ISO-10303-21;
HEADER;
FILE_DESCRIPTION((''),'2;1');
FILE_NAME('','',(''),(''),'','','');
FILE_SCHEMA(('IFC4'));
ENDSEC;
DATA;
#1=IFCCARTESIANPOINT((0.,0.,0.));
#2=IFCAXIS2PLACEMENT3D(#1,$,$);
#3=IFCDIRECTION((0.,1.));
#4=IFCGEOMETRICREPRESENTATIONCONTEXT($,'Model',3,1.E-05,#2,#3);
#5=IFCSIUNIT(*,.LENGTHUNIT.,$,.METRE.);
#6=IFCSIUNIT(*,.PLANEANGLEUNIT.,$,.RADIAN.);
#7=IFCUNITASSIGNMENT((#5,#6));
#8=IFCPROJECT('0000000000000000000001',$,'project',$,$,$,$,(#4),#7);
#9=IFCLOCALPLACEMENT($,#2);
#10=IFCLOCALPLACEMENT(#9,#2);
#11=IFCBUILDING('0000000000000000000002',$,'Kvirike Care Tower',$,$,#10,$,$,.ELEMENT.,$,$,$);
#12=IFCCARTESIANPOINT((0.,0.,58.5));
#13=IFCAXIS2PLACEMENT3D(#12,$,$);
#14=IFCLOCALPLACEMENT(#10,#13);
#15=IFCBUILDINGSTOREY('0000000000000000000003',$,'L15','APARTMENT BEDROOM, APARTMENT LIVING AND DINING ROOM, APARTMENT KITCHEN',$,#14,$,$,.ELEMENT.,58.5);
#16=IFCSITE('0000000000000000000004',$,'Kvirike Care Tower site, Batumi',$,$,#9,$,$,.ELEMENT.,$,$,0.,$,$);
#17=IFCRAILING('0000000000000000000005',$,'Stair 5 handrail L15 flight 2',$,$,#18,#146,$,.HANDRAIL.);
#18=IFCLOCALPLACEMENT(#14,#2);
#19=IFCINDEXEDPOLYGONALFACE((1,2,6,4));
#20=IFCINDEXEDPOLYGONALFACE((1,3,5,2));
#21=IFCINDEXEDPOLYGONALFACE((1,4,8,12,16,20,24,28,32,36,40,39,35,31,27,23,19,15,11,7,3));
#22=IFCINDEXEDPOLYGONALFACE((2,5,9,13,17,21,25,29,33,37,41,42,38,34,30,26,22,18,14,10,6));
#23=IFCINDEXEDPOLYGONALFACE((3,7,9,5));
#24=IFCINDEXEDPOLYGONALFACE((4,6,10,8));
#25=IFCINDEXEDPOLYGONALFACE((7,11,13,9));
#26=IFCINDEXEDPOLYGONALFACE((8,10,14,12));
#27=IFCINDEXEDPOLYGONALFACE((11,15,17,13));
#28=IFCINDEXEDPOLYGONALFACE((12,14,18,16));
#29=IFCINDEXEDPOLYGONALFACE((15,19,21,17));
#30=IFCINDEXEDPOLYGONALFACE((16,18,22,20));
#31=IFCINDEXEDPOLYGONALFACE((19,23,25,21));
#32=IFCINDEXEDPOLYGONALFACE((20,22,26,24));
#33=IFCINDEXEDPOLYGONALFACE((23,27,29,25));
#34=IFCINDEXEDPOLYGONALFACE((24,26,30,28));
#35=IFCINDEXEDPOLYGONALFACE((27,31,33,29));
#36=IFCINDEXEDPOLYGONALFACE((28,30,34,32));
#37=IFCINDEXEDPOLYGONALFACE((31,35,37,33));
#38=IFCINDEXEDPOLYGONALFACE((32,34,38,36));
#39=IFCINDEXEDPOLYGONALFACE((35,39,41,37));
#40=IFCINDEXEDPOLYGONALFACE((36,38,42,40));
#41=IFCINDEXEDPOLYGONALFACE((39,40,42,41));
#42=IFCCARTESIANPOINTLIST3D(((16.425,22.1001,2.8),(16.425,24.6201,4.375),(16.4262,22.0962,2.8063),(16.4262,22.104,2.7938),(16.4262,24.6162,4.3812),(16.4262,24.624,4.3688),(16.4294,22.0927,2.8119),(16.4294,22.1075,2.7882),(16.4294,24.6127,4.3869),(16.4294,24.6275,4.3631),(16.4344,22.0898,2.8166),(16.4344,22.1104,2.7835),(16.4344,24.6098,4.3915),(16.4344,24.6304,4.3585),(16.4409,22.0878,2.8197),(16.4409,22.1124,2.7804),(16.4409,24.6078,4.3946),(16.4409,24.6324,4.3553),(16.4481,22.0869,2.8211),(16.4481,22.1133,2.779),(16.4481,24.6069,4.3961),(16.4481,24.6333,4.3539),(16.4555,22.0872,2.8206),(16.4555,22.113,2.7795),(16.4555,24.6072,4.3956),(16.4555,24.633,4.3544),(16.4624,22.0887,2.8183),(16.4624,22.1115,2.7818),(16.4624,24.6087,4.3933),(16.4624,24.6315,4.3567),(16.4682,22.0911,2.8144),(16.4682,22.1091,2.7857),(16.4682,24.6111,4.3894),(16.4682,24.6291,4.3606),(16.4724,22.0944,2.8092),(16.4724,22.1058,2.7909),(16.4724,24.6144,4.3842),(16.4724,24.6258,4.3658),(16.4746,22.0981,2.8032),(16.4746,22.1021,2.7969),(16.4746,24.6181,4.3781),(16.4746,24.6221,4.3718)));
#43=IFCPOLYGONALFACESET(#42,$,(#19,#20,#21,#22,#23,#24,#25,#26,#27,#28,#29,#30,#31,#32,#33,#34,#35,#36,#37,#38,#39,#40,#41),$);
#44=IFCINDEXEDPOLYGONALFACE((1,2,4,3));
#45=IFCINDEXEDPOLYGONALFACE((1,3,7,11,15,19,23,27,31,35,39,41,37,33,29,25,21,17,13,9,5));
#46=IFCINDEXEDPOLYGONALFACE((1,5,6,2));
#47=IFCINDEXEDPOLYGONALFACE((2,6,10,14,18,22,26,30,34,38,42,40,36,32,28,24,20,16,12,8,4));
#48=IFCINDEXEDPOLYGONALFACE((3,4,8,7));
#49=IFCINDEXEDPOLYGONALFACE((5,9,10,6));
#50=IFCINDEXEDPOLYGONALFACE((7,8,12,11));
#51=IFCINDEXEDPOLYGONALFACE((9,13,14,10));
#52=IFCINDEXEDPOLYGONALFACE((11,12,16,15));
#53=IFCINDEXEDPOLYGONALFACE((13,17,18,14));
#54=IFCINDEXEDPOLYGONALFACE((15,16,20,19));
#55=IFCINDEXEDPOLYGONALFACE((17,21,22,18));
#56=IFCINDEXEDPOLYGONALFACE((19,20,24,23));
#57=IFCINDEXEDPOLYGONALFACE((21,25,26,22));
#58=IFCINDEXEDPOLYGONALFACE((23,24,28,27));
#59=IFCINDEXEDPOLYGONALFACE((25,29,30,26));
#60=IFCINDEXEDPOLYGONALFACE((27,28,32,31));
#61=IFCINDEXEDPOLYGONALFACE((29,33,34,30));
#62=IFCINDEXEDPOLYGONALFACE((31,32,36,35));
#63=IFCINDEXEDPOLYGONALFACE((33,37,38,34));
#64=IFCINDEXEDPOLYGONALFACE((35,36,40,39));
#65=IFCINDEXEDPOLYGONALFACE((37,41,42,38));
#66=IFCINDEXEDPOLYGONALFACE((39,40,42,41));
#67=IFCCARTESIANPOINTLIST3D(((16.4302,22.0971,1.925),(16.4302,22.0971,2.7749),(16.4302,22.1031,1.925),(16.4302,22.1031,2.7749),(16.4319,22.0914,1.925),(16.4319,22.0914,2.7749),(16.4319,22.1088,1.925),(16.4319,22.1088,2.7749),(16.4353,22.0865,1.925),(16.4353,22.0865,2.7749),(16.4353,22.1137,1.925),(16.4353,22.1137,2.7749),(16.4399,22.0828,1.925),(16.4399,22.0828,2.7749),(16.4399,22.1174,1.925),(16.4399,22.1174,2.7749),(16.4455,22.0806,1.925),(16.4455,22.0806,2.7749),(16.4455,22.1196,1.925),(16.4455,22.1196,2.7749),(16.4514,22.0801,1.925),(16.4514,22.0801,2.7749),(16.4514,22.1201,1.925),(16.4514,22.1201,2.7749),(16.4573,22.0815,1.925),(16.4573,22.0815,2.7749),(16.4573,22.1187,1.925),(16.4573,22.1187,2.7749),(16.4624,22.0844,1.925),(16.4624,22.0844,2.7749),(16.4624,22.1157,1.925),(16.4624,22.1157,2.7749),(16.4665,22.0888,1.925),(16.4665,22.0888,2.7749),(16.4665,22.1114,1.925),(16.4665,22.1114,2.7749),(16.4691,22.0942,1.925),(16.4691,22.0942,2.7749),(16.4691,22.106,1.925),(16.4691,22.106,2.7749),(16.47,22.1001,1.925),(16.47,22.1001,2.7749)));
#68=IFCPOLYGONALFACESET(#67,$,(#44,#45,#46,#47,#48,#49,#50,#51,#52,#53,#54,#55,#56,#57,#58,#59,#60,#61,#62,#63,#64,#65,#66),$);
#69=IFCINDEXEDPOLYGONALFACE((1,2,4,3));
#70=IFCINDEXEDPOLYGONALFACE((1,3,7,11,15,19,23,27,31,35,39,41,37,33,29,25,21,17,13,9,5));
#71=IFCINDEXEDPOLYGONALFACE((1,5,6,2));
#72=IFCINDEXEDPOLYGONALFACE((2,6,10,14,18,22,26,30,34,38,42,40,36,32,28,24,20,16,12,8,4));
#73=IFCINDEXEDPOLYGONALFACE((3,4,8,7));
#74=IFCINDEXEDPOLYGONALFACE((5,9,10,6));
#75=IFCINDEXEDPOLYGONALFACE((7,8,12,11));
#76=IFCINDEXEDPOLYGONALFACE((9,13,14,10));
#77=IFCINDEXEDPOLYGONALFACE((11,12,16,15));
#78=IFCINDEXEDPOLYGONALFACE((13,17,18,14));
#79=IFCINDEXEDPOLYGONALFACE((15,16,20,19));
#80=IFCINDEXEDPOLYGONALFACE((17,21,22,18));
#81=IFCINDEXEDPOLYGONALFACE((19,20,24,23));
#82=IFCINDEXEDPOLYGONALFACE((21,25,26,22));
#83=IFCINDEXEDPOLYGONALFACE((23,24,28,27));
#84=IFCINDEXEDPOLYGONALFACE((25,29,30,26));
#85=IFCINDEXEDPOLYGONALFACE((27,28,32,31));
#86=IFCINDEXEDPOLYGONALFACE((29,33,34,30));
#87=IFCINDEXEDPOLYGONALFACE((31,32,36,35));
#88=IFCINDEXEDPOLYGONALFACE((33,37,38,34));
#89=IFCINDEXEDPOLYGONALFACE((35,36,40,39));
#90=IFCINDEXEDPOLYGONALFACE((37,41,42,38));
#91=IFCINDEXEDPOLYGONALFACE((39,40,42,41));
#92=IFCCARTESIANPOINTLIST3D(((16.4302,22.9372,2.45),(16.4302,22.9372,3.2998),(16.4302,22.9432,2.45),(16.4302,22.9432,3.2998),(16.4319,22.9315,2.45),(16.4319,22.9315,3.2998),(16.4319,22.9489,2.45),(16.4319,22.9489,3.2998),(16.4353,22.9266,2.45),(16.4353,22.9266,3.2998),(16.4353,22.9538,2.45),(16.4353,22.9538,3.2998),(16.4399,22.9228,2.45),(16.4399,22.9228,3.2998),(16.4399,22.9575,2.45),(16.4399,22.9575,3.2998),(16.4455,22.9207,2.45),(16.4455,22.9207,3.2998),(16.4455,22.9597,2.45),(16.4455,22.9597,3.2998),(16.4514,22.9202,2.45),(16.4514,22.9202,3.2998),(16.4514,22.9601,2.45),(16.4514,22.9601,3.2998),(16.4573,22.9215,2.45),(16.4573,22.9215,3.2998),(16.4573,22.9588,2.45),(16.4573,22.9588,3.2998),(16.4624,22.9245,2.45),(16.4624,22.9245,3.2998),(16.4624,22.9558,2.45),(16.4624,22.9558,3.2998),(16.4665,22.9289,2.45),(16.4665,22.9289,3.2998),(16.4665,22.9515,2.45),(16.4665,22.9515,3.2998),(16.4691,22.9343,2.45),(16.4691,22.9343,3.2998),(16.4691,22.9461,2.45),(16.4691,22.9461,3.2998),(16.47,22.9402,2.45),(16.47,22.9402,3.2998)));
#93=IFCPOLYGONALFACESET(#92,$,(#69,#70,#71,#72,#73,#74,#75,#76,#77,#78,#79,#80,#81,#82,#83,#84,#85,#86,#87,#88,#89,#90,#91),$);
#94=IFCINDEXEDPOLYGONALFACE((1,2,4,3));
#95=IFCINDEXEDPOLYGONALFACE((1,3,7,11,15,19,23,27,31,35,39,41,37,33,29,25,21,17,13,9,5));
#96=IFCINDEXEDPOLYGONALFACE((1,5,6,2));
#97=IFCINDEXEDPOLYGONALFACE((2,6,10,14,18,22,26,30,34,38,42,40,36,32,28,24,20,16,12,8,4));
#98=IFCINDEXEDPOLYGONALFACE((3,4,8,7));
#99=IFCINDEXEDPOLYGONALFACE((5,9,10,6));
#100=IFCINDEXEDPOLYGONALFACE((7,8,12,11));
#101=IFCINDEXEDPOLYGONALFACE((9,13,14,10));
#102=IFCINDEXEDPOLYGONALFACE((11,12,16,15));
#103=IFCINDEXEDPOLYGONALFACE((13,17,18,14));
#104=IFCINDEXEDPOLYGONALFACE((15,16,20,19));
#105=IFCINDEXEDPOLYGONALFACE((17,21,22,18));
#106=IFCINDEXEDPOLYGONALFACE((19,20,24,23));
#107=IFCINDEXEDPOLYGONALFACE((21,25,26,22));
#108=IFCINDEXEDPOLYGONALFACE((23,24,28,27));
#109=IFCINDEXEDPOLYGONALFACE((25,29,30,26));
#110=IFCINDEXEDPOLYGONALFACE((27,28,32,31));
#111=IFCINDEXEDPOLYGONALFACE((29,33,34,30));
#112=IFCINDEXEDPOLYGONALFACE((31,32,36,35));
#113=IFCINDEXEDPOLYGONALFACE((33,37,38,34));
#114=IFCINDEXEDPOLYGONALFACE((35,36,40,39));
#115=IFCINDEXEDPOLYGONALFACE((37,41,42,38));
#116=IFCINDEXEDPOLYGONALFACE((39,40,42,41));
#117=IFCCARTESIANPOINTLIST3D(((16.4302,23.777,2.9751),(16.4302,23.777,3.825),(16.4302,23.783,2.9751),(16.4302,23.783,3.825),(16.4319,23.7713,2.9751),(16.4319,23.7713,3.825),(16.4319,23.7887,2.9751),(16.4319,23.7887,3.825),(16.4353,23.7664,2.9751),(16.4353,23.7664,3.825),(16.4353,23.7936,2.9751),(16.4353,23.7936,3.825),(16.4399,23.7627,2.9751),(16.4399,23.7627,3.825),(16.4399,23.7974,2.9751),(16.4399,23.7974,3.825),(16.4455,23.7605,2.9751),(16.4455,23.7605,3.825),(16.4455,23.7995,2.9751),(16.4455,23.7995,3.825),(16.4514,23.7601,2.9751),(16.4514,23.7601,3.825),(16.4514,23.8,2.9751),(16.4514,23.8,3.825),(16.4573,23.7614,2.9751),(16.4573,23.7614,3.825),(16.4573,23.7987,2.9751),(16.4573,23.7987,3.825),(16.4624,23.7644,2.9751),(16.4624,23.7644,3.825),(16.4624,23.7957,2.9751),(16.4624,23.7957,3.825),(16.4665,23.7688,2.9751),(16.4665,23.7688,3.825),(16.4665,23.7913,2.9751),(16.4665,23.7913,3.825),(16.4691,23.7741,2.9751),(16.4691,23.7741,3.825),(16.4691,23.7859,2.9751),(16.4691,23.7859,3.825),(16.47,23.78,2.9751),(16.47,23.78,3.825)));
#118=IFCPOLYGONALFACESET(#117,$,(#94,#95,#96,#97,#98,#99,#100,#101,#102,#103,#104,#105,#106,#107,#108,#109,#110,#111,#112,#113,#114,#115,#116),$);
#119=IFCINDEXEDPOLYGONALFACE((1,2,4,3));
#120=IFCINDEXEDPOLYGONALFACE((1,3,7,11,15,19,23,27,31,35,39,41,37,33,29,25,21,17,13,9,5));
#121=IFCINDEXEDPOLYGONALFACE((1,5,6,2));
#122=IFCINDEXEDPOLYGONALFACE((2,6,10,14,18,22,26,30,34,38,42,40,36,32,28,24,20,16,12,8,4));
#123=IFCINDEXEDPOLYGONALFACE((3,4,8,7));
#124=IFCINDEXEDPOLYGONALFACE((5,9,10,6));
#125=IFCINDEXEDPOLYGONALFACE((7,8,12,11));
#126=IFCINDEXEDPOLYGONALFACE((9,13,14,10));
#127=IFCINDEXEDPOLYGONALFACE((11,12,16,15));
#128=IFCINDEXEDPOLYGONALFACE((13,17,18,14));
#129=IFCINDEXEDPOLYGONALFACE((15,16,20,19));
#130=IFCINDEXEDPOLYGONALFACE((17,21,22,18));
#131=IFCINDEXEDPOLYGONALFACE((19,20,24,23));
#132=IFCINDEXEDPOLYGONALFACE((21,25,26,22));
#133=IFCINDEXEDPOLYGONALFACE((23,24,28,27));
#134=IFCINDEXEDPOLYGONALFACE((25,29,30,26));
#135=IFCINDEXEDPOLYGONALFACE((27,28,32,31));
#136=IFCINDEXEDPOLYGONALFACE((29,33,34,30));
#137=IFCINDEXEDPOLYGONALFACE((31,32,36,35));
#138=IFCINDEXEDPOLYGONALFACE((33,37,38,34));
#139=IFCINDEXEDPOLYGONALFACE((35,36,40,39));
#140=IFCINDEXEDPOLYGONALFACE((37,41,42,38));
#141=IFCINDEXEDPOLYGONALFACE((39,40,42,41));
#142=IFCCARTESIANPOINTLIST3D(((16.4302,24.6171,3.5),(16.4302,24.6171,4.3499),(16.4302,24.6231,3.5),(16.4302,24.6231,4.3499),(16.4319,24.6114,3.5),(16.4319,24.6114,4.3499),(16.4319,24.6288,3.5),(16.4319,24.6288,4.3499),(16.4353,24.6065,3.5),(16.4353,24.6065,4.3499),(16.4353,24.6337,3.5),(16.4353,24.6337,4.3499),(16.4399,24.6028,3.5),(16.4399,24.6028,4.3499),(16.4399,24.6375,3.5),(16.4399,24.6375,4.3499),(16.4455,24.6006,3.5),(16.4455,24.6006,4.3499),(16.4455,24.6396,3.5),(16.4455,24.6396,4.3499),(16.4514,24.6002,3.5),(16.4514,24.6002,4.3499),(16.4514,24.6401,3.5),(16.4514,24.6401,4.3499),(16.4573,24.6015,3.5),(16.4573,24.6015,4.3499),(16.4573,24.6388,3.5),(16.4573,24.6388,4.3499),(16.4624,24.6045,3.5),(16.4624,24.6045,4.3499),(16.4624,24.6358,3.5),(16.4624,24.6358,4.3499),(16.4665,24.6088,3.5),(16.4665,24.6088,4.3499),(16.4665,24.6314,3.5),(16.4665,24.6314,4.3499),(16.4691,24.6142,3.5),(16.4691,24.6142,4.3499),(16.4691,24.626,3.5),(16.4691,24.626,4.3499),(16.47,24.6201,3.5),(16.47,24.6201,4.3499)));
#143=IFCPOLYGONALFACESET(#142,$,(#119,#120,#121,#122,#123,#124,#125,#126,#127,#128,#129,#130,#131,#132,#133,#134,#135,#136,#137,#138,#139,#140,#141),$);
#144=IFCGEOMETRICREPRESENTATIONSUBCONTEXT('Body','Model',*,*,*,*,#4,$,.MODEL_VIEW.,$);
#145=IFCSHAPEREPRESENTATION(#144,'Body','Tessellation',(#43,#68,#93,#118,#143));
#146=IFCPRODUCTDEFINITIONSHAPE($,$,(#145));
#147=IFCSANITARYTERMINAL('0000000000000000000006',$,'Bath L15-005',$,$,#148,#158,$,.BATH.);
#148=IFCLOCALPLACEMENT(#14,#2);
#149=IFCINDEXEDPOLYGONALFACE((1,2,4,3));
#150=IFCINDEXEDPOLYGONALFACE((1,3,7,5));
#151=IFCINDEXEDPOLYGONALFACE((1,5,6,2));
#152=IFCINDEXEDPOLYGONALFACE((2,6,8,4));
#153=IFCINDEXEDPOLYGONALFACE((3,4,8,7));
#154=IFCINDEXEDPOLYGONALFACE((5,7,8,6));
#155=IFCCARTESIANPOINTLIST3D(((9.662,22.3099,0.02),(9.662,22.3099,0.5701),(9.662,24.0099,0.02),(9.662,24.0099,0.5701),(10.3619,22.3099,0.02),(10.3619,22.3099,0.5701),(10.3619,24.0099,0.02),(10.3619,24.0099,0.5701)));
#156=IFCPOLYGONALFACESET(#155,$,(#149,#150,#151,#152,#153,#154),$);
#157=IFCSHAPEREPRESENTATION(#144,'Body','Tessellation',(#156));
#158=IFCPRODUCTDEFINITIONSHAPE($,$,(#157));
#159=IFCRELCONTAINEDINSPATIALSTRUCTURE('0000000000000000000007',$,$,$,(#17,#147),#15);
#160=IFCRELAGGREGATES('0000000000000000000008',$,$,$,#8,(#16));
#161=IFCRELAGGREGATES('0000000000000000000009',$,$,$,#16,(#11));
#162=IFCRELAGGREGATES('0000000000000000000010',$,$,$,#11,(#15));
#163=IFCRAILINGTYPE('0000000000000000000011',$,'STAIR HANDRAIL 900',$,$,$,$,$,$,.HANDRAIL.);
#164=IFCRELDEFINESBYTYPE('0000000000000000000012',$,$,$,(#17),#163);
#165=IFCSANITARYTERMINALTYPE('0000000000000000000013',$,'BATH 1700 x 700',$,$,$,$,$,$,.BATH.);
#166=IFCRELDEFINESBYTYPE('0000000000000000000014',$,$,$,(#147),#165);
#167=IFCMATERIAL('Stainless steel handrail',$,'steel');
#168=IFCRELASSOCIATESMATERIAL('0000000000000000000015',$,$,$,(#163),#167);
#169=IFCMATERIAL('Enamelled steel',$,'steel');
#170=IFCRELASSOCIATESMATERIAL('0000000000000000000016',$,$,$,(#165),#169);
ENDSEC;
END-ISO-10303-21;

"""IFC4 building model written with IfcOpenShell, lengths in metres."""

from ifc_helpers import new_model, si_unit, direction, frame, origin, origin_2d, place, context, subcontext, project, spatial, rectangle, circle, extrude, material, type_object, element, save


model = new_model("IFC4")

# Units and contexts
model_context = context("Model", 3, precision=1e-05, world=origin(), true_north=direction((0.0, 1.0)))
body_context = subcontext(model_context, "Body", "Model", "MODEL_VIEW")
ifc_project = project(units=[si_unit("LENGTHUNIT", "METRE"), si_unit("PLANEANGLEUNIT", "RADIAN")], contexts=[model_context])

# Site, building, storey
site_placement = place(None, origin())
site = spatial("IfcSite", under=ifc_project, at=site_placement, Name="Kvirike Care Tower site, Batumi", CompositionType="ELEMENT", RefElevation=0.0)
building_placement = place(site_placement, origin())
building = spatial("IfcBuilding", under=site, at=building_placement, Name="Kvirike Care Tower", CompositionType="ELEMENT")
storey_placement = place(building_placement, frame((0.0, 0.0, 58.5)))
storey = spatial("IfcBuildingStorey", under=building, at=storey_placement, Name="L15", Description="APARTMENT BEDROOM, APARTMENT LIVING AND DINING ROOM, APARTMENT KITCHEN", CompositionType="ELEMENT", Elevation=58.5)

# Railing
ifc_material_1 = material(Name="Stainless steel handrail", Category="steel")
railing_type = type_object("IfcRailingType", Name="STAIR HANDRAIL 900", PredefinedType="HANDRAIL", material=ifc_material_1)
railing_placement = place(storey_placement, frame((16.45, 22.1001, 1.925)))
element("IfcRailing", 1, at=railing_placement, inside=storey, type_object=railing_type, Name="Stair 5 handrail L15 flight 2", PredefinedType="HANDRAIL", context=body_context, shape_type="SweptSolid", body=[
    extrude(circle(Radius=0.0249, at=origin_2d()), frame((0.0, 0.0, 0.875), z_axis=(0.0, 0.848008, 0.529984), x_axis=(-1.0, 0.0, 0.0)), (0.0, 0.0, 1.0), 2.9717),
    extrude(circle(Radius=0.02, at=origin_2d()), origin(), (0.0, 0.0, 1.0), 0.8499),
    extrude(circle(Radius=0.02, at=origin_2d()), frame((0.0, 0.8401, 0.5249)), (0.0, 0.0, 1.0), 0.8499),
    extrude(circle(Radius=0.02, at=origin_2d()), frame((0.0, 1.6799, 1.05)), (0.0, 0.0, 1.0), 0.8499),
    extrude(circle(Radius=0.02, at=origin_2d()), frame((0.0, 2.52, 1.575)), (0.0, 0.0, 1.0), 0.8499),
])

# Sanitary terminal
ifc_material_2 = material(Name="Enamelled steel", Category="steel")
sanitary_terminal_type = type_object("IfcSanitaryTerminalType", Name="BATH 1700 x 700", PredefinedType="BATH", material=ifc_material_2)
sanitary_terminal_placement = place(storey_placement, frame((10.012, 23.1599, 0.02), z_axis=(0.0, 0.0, 1.0), x_axis=(0.0, 1.0, 0.0)))
element("IfcSanitaryTerminal", 2, at=sanitary_terminal_placement, inside=storey, type_object=sanitary_terminal_type, Name="Bath L15-005", PredefinedType="BATH", context=body_context, shape_type="SweptSolid", body=[
    extrude(rectangle(XDim=1.7, YDim=0.7, at=origin_2d()), origin(), (0.0, 0.0, 1.0), 0.55),
])

save(model, "model.ifc")
